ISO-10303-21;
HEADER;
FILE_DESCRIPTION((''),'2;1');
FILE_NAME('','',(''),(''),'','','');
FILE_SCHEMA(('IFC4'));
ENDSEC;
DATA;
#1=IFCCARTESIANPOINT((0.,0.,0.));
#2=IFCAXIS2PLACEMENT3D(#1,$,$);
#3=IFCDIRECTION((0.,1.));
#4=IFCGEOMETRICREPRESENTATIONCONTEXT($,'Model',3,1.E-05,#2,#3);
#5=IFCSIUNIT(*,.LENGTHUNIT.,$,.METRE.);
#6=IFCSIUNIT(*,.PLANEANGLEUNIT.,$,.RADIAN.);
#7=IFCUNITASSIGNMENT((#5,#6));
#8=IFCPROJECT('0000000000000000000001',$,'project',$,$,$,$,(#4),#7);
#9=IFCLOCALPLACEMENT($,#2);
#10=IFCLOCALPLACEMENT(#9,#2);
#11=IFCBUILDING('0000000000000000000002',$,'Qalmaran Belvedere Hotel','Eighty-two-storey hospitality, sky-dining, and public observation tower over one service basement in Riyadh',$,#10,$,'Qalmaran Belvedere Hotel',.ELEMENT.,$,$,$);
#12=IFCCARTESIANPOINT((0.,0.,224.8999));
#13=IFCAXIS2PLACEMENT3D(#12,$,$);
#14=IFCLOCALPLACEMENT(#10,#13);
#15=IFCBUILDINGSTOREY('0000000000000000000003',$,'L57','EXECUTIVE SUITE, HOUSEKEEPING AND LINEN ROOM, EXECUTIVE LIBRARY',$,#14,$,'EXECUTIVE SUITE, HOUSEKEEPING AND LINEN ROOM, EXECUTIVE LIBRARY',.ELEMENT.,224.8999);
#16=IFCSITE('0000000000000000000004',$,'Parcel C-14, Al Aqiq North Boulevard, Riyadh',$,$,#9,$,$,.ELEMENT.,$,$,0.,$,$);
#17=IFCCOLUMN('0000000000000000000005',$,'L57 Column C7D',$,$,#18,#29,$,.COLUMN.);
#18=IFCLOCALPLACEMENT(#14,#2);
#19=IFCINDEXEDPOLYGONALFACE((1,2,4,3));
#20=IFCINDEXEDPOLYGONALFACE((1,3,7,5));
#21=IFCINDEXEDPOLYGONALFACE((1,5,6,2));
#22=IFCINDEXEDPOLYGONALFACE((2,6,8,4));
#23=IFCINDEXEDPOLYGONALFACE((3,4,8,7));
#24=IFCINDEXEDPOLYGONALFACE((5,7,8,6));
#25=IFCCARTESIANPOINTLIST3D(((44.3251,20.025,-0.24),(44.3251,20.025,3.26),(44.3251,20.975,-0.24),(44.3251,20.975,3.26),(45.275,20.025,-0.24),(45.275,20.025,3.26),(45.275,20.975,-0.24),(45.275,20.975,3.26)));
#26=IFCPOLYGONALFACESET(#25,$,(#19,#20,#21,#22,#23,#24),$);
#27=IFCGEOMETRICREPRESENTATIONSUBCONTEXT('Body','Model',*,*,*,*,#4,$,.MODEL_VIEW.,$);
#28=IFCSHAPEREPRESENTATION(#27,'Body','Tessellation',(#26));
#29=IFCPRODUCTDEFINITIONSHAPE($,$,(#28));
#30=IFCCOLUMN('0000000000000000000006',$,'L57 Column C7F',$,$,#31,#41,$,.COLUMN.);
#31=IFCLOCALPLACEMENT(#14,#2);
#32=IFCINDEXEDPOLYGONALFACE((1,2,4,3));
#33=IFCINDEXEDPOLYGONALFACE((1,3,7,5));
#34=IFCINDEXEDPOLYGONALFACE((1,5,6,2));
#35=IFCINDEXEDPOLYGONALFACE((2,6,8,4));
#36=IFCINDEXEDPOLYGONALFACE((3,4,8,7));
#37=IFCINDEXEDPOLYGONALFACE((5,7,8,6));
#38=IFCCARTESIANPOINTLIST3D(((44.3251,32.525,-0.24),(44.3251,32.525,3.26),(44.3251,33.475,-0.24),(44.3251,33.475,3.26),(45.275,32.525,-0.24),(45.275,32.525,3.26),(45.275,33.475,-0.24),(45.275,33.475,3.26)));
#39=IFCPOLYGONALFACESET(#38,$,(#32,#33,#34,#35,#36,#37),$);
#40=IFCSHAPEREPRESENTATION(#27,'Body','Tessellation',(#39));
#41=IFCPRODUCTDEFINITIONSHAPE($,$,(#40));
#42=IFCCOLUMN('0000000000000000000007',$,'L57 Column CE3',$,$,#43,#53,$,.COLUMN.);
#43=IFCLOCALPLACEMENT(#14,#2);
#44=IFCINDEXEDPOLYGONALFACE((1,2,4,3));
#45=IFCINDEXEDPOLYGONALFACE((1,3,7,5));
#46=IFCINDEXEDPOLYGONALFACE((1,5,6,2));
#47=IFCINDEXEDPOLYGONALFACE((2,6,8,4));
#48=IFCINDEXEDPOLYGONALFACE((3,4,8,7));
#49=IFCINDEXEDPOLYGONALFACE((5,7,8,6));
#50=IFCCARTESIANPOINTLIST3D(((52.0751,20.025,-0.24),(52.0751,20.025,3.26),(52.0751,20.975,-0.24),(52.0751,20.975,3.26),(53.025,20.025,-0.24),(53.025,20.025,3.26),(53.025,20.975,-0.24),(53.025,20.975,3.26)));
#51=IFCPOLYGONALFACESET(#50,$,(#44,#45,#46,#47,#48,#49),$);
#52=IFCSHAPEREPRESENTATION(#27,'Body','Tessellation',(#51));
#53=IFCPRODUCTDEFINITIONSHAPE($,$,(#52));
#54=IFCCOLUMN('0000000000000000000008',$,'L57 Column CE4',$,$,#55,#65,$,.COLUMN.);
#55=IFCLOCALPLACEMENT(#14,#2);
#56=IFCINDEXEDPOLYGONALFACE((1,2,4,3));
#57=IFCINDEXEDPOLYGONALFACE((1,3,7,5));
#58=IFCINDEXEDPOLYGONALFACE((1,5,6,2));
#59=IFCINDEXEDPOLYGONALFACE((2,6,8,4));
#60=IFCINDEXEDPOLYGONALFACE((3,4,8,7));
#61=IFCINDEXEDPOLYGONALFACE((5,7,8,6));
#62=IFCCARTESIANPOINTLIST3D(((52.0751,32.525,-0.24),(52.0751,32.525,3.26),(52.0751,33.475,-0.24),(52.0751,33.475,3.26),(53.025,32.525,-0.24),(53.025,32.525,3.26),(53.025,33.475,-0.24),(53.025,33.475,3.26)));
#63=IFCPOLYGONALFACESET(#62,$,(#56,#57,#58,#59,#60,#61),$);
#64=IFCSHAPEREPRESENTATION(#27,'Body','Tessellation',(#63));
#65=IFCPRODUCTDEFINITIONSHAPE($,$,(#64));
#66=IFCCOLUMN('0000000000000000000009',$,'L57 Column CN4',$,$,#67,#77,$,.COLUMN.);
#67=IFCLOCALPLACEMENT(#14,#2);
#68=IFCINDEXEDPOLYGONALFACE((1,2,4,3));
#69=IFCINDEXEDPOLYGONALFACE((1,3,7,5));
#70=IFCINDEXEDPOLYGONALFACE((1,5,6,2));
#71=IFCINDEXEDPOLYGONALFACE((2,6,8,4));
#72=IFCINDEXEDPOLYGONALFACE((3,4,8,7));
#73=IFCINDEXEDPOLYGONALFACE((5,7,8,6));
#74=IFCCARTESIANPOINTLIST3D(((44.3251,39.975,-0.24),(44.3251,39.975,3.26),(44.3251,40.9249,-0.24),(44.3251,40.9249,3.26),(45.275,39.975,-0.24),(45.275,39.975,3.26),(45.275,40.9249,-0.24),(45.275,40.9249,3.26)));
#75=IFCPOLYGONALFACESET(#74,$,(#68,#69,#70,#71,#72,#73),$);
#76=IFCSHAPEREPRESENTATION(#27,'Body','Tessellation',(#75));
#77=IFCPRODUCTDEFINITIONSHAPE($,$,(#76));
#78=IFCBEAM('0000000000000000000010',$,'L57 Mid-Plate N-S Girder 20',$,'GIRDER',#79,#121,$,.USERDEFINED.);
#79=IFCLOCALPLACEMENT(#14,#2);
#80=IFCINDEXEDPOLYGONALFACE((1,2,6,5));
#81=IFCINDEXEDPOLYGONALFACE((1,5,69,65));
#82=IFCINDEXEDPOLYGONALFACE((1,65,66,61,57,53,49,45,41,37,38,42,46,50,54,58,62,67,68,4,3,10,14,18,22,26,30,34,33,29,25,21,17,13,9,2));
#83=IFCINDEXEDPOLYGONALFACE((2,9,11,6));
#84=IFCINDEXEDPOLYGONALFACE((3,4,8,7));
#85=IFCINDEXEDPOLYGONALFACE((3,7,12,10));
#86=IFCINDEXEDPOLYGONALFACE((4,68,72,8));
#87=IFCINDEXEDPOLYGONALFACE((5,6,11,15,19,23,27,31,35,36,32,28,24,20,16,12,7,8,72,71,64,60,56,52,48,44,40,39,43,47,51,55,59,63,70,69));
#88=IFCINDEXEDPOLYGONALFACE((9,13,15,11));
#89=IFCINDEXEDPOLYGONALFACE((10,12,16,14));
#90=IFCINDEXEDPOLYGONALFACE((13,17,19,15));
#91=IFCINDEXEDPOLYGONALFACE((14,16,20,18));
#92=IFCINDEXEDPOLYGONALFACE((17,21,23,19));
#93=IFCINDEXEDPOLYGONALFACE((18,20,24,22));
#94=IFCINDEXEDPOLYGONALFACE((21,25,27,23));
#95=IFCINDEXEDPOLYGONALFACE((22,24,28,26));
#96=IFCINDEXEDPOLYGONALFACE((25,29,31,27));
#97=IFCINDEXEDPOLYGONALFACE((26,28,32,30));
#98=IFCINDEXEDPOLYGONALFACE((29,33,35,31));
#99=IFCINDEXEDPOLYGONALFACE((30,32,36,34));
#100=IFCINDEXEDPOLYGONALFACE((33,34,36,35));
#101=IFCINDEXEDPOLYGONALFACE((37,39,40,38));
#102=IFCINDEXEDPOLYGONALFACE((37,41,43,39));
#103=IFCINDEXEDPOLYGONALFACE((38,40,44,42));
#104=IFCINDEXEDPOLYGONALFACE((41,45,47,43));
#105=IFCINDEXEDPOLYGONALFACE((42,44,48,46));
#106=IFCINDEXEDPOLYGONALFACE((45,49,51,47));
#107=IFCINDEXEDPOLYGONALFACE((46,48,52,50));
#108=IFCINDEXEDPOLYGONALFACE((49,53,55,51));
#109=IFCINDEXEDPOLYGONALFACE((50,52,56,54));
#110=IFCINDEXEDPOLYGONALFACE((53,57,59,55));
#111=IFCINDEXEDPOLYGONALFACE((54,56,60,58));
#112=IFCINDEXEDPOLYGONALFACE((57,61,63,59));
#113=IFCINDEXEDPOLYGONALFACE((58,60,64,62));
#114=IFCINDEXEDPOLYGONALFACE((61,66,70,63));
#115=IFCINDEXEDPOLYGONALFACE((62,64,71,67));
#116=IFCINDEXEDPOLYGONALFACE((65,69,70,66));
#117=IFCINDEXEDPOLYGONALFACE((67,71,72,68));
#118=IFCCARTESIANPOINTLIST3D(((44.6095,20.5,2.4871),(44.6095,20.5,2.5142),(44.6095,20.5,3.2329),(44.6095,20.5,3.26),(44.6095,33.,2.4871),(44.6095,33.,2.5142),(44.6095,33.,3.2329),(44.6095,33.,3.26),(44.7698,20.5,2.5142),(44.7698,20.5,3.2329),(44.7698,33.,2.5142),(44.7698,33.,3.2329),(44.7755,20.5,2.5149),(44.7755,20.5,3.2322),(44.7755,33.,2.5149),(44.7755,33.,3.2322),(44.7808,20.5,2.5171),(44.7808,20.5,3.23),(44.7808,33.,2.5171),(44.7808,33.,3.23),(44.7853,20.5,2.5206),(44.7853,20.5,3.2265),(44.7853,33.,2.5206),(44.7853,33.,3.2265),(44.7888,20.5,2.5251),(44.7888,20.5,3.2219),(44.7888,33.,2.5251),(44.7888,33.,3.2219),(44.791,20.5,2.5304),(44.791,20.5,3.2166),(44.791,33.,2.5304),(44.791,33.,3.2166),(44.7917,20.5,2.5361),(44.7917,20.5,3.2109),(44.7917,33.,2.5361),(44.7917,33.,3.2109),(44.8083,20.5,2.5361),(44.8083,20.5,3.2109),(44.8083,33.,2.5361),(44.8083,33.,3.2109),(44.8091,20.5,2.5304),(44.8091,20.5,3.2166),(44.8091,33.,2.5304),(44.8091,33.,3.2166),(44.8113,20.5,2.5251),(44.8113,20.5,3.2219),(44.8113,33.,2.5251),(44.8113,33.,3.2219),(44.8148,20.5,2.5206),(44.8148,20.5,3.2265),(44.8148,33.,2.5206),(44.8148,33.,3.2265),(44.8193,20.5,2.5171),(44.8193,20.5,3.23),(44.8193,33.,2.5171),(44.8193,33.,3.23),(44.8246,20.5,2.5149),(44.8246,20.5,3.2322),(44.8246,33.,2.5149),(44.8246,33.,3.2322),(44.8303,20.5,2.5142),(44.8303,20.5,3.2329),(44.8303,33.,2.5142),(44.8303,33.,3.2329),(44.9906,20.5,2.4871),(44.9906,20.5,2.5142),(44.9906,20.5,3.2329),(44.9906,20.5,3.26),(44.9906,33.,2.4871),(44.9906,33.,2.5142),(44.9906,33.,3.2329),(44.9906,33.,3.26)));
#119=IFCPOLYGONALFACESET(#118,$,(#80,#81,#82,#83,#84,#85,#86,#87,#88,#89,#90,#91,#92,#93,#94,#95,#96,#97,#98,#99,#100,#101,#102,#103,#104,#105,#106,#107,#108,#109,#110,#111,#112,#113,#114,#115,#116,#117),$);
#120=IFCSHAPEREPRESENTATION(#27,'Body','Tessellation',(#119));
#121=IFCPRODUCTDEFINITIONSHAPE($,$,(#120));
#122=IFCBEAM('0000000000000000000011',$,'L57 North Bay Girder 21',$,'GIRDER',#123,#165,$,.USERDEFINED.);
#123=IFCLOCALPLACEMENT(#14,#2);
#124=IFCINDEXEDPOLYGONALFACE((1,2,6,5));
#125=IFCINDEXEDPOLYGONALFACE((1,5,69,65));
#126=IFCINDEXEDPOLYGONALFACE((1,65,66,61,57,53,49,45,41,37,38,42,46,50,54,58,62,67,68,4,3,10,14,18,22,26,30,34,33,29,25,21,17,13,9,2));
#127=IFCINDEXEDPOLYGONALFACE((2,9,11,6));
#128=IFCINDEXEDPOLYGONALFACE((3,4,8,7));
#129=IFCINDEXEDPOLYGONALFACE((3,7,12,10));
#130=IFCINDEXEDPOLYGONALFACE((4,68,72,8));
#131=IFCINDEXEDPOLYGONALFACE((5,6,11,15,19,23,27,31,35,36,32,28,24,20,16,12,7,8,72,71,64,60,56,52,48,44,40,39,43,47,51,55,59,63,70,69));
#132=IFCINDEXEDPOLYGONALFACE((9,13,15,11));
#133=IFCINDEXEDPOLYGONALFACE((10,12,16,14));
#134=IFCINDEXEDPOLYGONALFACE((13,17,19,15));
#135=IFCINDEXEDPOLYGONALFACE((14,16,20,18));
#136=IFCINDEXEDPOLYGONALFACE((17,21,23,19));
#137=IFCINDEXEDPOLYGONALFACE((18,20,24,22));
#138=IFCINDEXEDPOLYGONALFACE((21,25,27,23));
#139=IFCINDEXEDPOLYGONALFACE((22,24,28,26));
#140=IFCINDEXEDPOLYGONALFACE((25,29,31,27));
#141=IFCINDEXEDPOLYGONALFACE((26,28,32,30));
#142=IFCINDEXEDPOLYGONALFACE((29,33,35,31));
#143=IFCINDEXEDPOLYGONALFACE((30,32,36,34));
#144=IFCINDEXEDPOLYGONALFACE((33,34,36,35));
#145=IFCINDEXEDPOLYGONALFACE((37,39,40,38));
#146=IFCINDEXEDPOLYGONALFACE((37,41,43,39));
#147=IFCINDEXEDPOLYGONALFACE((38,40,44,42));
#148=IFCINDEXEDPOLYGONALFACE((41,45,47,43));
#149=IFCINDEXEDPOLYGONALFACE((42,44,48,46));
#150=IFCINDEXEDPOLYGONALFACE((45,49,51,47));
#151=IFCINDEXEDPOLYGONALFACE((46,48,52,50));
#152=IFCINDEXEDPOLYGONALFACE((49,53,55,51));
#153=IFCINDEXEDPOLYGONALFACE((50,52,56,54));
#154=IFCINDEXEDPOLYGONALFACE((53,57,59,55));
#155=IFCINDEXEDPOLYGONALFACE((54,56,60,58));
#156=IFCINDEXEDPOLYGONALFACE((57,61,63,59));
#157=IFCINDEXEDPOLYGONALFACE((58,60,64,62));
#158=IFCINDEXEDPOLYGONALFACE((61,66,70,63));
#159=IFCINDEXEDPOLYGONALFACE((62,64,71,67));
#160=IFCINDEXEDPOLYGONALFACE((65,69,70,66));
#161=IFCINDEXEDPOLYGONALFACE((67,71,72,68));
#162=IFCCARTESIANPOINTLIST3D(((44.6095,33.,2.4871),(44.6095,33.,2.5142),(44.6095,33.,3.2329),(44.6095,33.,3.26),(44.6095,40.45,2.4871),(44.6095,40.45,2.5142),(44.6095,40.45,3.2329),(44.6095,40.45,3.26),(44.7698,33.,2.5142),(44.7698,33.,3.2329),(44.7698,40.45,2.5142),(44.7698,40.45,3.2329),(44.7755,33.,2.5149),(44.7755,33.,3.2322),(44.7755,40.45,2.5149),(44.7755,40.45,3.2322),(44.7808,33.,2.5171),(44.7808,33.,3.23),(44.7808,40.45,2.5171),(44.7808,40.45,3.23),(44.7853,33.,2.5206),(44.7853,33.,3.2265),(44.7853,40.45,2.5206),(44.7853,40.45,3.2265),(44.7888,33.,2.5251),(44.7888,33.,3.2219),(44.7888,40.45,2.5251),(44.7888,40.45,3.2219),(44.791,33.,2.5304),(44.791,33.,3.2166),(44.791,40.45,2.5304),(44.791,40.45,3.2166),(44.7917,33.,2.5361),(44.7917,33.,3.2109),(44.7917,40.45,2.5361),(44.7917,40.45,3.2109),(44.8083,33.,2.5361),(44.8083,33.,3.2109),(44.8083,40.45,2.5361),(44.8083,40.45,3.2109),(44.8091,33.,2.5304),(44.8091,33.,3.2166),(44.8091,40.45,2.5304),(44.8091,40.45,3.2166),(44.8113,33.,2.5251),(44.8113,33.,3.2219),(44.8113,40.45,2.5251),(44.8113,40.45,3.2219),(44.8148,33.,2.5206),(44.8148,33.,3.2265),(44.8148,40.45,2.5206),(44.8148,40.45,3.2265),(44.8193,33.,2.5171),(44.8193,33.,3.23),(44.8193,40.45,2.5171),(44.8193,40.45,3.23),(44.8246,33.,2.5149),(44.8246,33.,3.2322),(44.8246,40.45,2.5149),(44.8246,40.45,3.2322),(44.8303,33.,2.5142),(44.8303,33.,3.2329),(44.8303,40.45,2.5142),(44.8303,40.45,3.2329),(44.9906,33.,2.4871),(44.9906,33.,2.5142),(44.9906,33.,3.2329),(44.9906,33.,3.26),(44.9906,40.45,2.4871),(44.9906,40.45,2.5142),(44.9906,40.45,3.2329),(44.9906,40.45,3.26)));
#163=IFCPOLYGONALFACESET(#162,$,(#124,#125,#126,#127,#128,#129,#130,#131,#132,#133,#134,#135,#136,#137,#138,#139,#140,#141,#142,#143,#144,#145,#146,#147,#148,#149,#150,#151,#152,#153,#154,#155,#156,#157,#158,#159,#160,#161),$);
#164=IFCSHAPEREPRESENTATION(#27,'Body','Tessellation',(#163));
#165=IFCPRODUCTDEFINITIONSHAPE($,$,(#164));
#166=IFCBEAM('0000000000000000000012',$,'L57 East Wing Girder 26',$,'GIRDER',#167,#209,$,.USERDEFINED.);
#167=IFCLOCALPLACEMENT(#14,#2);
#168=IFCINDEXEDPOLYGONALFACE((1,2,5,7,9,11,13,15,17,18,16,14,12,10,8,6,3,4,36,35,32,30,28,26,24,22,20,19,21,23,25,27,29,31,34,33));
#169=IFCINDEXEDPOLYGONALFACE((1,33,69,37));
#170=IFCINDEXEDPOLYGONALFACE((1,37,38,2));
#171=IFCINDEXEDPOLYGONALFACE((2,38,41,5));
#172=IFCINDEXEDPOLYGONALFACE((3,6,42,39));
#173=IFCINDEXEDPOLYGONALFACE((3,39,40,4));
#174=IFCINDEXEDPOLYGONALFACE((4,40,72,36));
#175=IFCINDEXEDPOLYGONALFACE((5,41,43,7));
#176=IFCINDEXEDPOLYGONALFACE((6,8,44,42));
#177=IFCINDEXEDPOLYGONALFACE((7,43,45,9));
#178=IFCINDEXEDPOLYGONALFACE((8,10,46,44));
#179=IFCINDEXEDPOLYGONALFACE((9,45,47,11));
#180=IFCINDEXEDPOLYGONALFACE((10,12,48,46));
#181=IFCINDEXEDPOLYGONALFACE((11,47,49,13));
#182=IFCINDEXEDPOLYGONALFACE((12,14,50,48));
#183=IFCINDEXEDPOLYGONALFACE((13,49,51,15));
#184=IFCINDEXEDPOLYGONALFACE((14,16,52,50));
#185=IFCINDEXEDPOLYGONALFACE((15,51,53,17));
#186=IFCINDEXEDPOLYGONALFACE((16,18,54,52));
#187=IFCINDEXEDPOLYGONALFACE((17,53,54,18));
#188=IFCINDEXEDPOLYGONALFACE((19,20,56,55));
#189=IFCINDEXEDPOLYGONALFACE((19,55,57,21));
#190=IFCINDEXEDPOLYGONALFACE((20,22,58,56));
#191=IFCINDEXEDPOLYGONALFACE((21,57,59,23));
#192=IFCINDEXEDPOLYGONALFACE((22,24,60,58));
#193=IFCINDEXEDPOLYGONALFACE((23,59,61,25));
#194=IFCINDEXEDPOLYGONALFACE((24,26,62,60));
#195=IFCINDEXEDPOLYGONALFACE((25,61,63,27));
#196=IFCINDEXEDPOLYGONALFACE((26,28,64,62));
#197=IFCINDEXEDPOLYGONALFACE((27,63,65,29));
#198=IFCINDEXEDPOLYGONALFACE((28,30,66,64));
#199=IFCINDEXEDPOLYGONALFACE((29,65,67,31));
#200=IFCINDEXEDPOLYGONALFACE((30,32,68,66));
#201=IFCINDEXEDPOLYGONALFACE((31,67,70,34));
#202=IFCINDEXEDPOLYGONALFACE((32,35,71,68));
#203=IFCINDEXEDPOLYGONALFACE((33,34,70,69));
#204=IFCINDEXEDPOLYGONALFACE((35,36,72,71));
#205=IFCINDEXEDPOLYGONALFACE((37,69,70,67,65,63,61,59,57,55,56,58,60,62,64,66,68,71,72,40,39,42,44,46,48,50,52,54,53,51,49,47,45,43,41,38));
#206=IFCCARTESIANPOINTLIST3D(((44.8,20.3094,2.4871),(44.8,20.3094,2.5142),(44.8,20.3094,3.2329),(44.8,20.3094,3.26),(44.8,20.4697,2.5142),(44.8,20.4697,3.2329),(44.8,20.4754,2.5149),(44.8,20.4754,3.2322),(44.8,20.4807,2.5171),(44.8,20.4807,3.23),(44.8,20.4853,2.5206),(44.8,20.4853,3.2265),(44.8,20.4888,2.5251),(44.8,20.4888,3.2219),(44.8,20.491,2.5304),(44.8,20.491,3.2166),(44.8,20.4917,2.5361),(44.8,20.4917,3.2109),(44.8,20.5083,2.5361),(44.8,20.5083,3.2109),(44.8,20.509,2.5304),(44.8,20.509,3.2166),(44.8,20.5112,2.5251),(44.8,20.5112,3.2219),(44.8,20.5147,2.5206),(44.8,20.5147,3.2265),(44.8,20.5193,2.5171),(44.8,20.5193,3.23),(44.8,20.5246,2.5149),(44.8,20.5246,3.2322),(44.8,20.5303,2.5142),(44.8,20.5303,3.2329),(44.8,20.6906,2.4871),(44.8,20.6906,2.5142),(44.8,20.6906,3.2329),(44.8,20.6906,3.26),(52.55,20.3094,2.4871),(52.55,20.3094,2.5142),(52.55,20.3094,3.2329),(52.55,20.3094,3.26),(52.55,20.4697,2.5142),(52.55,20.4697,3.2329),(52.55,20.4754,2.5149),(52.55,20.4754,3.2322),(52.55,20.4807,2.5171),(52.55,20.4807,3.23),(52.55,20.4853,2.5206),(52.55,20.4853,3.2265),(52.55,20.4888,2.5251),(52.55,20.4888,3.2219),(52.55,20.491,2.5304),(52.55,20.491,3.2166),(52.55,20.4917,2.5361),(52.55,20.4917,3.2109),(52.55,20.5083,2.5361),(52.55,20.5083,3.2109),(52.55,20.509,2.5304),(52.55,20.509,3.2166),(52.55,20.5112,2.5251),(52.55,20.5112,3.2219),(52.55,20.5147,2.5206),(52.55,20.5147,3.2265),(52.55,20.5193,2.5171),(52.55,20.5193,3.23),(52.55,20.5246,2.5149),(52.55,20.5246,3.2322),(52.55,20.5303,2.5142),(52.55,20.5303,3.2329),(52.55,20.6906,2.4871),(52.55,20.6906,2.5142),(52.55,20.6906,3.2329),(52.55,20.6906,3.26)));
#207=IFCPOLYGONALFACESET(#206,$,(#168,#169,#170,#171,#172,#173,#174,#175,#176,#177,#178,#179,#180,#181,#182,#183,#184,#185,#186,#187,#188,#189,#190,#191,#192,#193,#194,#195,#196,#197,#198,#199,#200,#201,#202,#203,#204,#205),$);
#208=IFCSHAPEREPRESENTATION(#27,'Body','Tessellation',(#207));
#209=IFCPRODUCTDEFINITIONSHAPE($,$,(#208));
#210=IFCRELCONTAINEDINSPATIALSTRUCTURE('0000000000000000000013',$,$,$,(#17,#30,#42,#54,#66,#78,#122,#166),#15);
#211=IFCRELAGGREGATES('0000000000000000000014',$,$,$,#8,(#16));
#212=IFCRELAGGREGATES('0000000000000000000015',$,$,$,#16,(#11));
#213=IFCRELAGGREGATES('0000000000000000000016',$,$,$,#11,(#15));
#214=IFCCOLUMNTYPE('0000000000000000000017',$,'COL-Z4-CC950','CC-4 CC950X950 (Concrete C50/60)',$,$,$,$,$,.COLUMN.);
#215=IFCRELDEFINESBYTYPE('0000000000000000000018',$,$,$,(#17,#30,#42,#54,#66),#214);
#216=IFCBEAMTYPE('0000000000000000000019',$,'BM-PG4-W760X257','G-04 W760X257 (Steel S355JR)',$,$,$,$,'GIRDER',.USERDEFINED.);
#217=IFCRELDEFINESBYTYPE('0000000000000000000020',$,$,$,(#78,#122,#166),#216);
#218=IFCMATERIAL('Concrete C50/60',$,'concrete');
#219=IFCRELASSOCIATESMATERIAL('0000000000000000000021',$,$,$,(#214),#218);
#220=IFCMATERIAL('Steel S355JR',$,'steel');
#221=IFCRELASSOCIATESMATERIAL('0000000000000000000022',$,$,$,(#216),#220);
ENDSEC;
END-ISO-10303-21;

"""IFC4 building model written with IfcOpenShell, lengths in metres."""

from ifc_helpers import new_model, si_unit, direction, frame, origin, origin_2d, place, context, subcontext, project, spatial, rectangle, i_section, extrude, material, material_profile, profile_set, type_object, element, save


model = new_model("IFC4")

# Units and contexts
model_context = context("Model", 3, precision=1e-05, world=origin(), true_north=direction((0.0, 1.0)))
body_context = subcontext(model_context, "Body", "Model", "MODEL_VIEW")
ifc_project = project(units=[si_unit("LENGTHUNIT", "METRE"), si_unit("PLANEANGLEUNIT", "RADIAN")], contexts=[model_context])

# Site, building, storey
site_placement = place(None, origin())
site = spatial("IfcSite", under=ifc_project, at=site_placement, Name="Parcel C-14, Al Aqiq North Boulevard, Riyadh", CompositionType="ELEMENT", RefElevation=0.0)
building_placement = place(site_placement, origin())
building = spatial("IfcBuilding", under=site, at=building_placement, Name="Qalmaran Belvedere Hotel", Description="Eighty-two-storey hospitality, sky-dining, and public observation tower over one service basement in Riyadh", LongName="Qalmaran Belvedere Hotel", CompositionType="ELEMENT")
storey_placement = place(building_placement, frame((0.0, 0.0, 224.8999)))
storey = spatial("IfcBuildingStorey", under=building, at=storey_placement, Name="L57", Description="EXECUTIVE SUITE, HOUSEKEEPING AND LINEN ROOM, EXECUTIVE LIBRARY", LongName="EXECUTIVE SUITE, HOUSEKEEPING AND LINEN ROOM, EXECUTIVE LIBRARY", CompositionType="ELEMENT", Elevation=224.8999)

# Columns
ifc_material_1 = material(Name="Concrete C50/60", Category="concrete")
ifc_material_profile_1 = material_profile(ifc_material_1, rectangle(XDim=0.95, YDim=0.95, at=origin_2d()), Name="CC950X950")
ifc_profile_set_1 = profile_set([ifc_material_profile_1], Name="Concrete C50/60")
column_type = type_object("IfcColumnType", Name="COL-Z4-CC950", Description="CC-4 CC950X950 (Concrete C50/60)", PredefinedType="COLUMN", material=ifc_profile_set_1)
for number, where, z_axis, x_axis, name in (
    (1, (44.8, 20.5, -0.24), (0.0, 0.0, 1.0), (1.0, 0.0, 0.0), "L57 Column C7D"),
    (2, (44.8, 33.0, -0.24), (0.0, 0.0, 1.0), (1.0, 0.0, 0.0), "L57 Column C7F"),
    (3, (52.55, 20.5, -0.24), (0.0, 0.0, 1.0), (1.0, 0.0, 0.0), "L57 Column CE3"),
    (4, (52.55, 33.0, -0.24), (0.0, 0.0, 1.0), (1.0, 0.0, 0.0), "L57 Column CE4"),
    (5, (44.8, 40.45, -0.24), (0.0, 0.0, 1.0), (1.0, 0.0, 0.0), "L57 Column CN4"),
):
    element("IfcColumn", number, at=place(storey_placement, frame(where, z_axis=z_axis, x_axis=x_axis)), inside=storey, type_object=column_type, Name=name, PredefinedType="COLUMN", context=body_context, shape_type="SweptSolid", body=[
        extrude(rectangle(XDim=0.95, YDim=0.95, at=origin_2d()), origin(), (0.0, 0.0, 1.0), 3.5),
    ])

# Beams
ifc_material_2 = material(Name="Steel S355JR", Category="steel")
ifc_material_profile_2 = material_profile(ifc_material_2, i_section(OverallWidth=0.3811, OverallDepth=0.7729, WebThickness=0.0166, FlangeThickness=0.0271, FilletRadius=0.022, at=origin_2d()), Name="W760X257")
ifc_profile_set_2 = profile_set([ifc_material_profile_2], Name="Steel S355JR")
beam_type_1 = type_object("IfcBeamType", Name="BM-PG4-W760X257", Description="G-04 W760X257 (Steel S355JR)", ElementType="GIRDER", PredefinedType="USERDEFINED", material=ifc_profile_set_2)
beam_1_placement = place(storey_placement, frame((44.8, 20.5, 2.8735), z_axis=(0.0, 1.0, 0.0), x_axis=(-1.0, 0.0, 0.0)))
element("IfcBeam", 6, at=beam_1_placement, inside=storey, type_object=beam_type_1, Name="L57 Mid-Plate N-S Girder 20", ObjectType="GIRDER", PredefinedType="USERDEFINED", context=body_context, shape_type="SweptSolid", body=[
    extrude(i_section(OverallWidth=0.3811, OverallDepth=0.7729, WebThickness=0.0166, FlangeThickness=0.0271, FilletRadius=0.022, at=origin_2d()), origin(), (0.0, 0.0, 1.0), 12.5),
])
beam_2_placement = place(storey_placement, frame((44.8, 33.0, 2.8735), z_axis=(0.0, 1.0, 0.0), x_axis=(-1.0, 0.0, 0.0)))
element("IfcBeam", 7, at=beam_2_placement, inside=storey, type_object=beam_type_1, Name="L57 North Bay Girder 21", ObjectType="GIRDER", PredefinedType="USERDEFINED", context=body_context, shape_type="SweptSolid", body=[
    extrude(i_section(OverallWidth=0.3811, OverallDepth=0.7729, WebThickness=0.0166, FlangeThickness=0.0271, FilletRadius=0.022, at=origin_2d()), origin(), (0.0, 0.0, 1.0), 7.45),
])
for number, where, z_axis, x_axis, name in (
    (8, (44.8, 20.5, 2.8735), (1.0, 0.0, 0.0), (0.0, 1.0, 0.0), "L57 East Wing Girder 26"),
):
    element("IfcBeam", number, at=place(storey_placement, frame(where, z_axis=z_axis, x_axis=x_axis)), inside=storey, type_object=beam_type_1, Name=name, ObjectType="GIRDER", PredefinedType="USERDEFINED", context=body_context, shape_type="SweptSolid", body=[
        extrude(i_section(OverallWidth=0.3811, OverallDepth=0.7729, WebThickness=0.0166, FlangeThickness=0.0271, FilletRadius=0.022, at=origin_2d()), origin(), (0.0, 0.0, 1.0), 7.75),
    ])

save(model, "model.ifc")
